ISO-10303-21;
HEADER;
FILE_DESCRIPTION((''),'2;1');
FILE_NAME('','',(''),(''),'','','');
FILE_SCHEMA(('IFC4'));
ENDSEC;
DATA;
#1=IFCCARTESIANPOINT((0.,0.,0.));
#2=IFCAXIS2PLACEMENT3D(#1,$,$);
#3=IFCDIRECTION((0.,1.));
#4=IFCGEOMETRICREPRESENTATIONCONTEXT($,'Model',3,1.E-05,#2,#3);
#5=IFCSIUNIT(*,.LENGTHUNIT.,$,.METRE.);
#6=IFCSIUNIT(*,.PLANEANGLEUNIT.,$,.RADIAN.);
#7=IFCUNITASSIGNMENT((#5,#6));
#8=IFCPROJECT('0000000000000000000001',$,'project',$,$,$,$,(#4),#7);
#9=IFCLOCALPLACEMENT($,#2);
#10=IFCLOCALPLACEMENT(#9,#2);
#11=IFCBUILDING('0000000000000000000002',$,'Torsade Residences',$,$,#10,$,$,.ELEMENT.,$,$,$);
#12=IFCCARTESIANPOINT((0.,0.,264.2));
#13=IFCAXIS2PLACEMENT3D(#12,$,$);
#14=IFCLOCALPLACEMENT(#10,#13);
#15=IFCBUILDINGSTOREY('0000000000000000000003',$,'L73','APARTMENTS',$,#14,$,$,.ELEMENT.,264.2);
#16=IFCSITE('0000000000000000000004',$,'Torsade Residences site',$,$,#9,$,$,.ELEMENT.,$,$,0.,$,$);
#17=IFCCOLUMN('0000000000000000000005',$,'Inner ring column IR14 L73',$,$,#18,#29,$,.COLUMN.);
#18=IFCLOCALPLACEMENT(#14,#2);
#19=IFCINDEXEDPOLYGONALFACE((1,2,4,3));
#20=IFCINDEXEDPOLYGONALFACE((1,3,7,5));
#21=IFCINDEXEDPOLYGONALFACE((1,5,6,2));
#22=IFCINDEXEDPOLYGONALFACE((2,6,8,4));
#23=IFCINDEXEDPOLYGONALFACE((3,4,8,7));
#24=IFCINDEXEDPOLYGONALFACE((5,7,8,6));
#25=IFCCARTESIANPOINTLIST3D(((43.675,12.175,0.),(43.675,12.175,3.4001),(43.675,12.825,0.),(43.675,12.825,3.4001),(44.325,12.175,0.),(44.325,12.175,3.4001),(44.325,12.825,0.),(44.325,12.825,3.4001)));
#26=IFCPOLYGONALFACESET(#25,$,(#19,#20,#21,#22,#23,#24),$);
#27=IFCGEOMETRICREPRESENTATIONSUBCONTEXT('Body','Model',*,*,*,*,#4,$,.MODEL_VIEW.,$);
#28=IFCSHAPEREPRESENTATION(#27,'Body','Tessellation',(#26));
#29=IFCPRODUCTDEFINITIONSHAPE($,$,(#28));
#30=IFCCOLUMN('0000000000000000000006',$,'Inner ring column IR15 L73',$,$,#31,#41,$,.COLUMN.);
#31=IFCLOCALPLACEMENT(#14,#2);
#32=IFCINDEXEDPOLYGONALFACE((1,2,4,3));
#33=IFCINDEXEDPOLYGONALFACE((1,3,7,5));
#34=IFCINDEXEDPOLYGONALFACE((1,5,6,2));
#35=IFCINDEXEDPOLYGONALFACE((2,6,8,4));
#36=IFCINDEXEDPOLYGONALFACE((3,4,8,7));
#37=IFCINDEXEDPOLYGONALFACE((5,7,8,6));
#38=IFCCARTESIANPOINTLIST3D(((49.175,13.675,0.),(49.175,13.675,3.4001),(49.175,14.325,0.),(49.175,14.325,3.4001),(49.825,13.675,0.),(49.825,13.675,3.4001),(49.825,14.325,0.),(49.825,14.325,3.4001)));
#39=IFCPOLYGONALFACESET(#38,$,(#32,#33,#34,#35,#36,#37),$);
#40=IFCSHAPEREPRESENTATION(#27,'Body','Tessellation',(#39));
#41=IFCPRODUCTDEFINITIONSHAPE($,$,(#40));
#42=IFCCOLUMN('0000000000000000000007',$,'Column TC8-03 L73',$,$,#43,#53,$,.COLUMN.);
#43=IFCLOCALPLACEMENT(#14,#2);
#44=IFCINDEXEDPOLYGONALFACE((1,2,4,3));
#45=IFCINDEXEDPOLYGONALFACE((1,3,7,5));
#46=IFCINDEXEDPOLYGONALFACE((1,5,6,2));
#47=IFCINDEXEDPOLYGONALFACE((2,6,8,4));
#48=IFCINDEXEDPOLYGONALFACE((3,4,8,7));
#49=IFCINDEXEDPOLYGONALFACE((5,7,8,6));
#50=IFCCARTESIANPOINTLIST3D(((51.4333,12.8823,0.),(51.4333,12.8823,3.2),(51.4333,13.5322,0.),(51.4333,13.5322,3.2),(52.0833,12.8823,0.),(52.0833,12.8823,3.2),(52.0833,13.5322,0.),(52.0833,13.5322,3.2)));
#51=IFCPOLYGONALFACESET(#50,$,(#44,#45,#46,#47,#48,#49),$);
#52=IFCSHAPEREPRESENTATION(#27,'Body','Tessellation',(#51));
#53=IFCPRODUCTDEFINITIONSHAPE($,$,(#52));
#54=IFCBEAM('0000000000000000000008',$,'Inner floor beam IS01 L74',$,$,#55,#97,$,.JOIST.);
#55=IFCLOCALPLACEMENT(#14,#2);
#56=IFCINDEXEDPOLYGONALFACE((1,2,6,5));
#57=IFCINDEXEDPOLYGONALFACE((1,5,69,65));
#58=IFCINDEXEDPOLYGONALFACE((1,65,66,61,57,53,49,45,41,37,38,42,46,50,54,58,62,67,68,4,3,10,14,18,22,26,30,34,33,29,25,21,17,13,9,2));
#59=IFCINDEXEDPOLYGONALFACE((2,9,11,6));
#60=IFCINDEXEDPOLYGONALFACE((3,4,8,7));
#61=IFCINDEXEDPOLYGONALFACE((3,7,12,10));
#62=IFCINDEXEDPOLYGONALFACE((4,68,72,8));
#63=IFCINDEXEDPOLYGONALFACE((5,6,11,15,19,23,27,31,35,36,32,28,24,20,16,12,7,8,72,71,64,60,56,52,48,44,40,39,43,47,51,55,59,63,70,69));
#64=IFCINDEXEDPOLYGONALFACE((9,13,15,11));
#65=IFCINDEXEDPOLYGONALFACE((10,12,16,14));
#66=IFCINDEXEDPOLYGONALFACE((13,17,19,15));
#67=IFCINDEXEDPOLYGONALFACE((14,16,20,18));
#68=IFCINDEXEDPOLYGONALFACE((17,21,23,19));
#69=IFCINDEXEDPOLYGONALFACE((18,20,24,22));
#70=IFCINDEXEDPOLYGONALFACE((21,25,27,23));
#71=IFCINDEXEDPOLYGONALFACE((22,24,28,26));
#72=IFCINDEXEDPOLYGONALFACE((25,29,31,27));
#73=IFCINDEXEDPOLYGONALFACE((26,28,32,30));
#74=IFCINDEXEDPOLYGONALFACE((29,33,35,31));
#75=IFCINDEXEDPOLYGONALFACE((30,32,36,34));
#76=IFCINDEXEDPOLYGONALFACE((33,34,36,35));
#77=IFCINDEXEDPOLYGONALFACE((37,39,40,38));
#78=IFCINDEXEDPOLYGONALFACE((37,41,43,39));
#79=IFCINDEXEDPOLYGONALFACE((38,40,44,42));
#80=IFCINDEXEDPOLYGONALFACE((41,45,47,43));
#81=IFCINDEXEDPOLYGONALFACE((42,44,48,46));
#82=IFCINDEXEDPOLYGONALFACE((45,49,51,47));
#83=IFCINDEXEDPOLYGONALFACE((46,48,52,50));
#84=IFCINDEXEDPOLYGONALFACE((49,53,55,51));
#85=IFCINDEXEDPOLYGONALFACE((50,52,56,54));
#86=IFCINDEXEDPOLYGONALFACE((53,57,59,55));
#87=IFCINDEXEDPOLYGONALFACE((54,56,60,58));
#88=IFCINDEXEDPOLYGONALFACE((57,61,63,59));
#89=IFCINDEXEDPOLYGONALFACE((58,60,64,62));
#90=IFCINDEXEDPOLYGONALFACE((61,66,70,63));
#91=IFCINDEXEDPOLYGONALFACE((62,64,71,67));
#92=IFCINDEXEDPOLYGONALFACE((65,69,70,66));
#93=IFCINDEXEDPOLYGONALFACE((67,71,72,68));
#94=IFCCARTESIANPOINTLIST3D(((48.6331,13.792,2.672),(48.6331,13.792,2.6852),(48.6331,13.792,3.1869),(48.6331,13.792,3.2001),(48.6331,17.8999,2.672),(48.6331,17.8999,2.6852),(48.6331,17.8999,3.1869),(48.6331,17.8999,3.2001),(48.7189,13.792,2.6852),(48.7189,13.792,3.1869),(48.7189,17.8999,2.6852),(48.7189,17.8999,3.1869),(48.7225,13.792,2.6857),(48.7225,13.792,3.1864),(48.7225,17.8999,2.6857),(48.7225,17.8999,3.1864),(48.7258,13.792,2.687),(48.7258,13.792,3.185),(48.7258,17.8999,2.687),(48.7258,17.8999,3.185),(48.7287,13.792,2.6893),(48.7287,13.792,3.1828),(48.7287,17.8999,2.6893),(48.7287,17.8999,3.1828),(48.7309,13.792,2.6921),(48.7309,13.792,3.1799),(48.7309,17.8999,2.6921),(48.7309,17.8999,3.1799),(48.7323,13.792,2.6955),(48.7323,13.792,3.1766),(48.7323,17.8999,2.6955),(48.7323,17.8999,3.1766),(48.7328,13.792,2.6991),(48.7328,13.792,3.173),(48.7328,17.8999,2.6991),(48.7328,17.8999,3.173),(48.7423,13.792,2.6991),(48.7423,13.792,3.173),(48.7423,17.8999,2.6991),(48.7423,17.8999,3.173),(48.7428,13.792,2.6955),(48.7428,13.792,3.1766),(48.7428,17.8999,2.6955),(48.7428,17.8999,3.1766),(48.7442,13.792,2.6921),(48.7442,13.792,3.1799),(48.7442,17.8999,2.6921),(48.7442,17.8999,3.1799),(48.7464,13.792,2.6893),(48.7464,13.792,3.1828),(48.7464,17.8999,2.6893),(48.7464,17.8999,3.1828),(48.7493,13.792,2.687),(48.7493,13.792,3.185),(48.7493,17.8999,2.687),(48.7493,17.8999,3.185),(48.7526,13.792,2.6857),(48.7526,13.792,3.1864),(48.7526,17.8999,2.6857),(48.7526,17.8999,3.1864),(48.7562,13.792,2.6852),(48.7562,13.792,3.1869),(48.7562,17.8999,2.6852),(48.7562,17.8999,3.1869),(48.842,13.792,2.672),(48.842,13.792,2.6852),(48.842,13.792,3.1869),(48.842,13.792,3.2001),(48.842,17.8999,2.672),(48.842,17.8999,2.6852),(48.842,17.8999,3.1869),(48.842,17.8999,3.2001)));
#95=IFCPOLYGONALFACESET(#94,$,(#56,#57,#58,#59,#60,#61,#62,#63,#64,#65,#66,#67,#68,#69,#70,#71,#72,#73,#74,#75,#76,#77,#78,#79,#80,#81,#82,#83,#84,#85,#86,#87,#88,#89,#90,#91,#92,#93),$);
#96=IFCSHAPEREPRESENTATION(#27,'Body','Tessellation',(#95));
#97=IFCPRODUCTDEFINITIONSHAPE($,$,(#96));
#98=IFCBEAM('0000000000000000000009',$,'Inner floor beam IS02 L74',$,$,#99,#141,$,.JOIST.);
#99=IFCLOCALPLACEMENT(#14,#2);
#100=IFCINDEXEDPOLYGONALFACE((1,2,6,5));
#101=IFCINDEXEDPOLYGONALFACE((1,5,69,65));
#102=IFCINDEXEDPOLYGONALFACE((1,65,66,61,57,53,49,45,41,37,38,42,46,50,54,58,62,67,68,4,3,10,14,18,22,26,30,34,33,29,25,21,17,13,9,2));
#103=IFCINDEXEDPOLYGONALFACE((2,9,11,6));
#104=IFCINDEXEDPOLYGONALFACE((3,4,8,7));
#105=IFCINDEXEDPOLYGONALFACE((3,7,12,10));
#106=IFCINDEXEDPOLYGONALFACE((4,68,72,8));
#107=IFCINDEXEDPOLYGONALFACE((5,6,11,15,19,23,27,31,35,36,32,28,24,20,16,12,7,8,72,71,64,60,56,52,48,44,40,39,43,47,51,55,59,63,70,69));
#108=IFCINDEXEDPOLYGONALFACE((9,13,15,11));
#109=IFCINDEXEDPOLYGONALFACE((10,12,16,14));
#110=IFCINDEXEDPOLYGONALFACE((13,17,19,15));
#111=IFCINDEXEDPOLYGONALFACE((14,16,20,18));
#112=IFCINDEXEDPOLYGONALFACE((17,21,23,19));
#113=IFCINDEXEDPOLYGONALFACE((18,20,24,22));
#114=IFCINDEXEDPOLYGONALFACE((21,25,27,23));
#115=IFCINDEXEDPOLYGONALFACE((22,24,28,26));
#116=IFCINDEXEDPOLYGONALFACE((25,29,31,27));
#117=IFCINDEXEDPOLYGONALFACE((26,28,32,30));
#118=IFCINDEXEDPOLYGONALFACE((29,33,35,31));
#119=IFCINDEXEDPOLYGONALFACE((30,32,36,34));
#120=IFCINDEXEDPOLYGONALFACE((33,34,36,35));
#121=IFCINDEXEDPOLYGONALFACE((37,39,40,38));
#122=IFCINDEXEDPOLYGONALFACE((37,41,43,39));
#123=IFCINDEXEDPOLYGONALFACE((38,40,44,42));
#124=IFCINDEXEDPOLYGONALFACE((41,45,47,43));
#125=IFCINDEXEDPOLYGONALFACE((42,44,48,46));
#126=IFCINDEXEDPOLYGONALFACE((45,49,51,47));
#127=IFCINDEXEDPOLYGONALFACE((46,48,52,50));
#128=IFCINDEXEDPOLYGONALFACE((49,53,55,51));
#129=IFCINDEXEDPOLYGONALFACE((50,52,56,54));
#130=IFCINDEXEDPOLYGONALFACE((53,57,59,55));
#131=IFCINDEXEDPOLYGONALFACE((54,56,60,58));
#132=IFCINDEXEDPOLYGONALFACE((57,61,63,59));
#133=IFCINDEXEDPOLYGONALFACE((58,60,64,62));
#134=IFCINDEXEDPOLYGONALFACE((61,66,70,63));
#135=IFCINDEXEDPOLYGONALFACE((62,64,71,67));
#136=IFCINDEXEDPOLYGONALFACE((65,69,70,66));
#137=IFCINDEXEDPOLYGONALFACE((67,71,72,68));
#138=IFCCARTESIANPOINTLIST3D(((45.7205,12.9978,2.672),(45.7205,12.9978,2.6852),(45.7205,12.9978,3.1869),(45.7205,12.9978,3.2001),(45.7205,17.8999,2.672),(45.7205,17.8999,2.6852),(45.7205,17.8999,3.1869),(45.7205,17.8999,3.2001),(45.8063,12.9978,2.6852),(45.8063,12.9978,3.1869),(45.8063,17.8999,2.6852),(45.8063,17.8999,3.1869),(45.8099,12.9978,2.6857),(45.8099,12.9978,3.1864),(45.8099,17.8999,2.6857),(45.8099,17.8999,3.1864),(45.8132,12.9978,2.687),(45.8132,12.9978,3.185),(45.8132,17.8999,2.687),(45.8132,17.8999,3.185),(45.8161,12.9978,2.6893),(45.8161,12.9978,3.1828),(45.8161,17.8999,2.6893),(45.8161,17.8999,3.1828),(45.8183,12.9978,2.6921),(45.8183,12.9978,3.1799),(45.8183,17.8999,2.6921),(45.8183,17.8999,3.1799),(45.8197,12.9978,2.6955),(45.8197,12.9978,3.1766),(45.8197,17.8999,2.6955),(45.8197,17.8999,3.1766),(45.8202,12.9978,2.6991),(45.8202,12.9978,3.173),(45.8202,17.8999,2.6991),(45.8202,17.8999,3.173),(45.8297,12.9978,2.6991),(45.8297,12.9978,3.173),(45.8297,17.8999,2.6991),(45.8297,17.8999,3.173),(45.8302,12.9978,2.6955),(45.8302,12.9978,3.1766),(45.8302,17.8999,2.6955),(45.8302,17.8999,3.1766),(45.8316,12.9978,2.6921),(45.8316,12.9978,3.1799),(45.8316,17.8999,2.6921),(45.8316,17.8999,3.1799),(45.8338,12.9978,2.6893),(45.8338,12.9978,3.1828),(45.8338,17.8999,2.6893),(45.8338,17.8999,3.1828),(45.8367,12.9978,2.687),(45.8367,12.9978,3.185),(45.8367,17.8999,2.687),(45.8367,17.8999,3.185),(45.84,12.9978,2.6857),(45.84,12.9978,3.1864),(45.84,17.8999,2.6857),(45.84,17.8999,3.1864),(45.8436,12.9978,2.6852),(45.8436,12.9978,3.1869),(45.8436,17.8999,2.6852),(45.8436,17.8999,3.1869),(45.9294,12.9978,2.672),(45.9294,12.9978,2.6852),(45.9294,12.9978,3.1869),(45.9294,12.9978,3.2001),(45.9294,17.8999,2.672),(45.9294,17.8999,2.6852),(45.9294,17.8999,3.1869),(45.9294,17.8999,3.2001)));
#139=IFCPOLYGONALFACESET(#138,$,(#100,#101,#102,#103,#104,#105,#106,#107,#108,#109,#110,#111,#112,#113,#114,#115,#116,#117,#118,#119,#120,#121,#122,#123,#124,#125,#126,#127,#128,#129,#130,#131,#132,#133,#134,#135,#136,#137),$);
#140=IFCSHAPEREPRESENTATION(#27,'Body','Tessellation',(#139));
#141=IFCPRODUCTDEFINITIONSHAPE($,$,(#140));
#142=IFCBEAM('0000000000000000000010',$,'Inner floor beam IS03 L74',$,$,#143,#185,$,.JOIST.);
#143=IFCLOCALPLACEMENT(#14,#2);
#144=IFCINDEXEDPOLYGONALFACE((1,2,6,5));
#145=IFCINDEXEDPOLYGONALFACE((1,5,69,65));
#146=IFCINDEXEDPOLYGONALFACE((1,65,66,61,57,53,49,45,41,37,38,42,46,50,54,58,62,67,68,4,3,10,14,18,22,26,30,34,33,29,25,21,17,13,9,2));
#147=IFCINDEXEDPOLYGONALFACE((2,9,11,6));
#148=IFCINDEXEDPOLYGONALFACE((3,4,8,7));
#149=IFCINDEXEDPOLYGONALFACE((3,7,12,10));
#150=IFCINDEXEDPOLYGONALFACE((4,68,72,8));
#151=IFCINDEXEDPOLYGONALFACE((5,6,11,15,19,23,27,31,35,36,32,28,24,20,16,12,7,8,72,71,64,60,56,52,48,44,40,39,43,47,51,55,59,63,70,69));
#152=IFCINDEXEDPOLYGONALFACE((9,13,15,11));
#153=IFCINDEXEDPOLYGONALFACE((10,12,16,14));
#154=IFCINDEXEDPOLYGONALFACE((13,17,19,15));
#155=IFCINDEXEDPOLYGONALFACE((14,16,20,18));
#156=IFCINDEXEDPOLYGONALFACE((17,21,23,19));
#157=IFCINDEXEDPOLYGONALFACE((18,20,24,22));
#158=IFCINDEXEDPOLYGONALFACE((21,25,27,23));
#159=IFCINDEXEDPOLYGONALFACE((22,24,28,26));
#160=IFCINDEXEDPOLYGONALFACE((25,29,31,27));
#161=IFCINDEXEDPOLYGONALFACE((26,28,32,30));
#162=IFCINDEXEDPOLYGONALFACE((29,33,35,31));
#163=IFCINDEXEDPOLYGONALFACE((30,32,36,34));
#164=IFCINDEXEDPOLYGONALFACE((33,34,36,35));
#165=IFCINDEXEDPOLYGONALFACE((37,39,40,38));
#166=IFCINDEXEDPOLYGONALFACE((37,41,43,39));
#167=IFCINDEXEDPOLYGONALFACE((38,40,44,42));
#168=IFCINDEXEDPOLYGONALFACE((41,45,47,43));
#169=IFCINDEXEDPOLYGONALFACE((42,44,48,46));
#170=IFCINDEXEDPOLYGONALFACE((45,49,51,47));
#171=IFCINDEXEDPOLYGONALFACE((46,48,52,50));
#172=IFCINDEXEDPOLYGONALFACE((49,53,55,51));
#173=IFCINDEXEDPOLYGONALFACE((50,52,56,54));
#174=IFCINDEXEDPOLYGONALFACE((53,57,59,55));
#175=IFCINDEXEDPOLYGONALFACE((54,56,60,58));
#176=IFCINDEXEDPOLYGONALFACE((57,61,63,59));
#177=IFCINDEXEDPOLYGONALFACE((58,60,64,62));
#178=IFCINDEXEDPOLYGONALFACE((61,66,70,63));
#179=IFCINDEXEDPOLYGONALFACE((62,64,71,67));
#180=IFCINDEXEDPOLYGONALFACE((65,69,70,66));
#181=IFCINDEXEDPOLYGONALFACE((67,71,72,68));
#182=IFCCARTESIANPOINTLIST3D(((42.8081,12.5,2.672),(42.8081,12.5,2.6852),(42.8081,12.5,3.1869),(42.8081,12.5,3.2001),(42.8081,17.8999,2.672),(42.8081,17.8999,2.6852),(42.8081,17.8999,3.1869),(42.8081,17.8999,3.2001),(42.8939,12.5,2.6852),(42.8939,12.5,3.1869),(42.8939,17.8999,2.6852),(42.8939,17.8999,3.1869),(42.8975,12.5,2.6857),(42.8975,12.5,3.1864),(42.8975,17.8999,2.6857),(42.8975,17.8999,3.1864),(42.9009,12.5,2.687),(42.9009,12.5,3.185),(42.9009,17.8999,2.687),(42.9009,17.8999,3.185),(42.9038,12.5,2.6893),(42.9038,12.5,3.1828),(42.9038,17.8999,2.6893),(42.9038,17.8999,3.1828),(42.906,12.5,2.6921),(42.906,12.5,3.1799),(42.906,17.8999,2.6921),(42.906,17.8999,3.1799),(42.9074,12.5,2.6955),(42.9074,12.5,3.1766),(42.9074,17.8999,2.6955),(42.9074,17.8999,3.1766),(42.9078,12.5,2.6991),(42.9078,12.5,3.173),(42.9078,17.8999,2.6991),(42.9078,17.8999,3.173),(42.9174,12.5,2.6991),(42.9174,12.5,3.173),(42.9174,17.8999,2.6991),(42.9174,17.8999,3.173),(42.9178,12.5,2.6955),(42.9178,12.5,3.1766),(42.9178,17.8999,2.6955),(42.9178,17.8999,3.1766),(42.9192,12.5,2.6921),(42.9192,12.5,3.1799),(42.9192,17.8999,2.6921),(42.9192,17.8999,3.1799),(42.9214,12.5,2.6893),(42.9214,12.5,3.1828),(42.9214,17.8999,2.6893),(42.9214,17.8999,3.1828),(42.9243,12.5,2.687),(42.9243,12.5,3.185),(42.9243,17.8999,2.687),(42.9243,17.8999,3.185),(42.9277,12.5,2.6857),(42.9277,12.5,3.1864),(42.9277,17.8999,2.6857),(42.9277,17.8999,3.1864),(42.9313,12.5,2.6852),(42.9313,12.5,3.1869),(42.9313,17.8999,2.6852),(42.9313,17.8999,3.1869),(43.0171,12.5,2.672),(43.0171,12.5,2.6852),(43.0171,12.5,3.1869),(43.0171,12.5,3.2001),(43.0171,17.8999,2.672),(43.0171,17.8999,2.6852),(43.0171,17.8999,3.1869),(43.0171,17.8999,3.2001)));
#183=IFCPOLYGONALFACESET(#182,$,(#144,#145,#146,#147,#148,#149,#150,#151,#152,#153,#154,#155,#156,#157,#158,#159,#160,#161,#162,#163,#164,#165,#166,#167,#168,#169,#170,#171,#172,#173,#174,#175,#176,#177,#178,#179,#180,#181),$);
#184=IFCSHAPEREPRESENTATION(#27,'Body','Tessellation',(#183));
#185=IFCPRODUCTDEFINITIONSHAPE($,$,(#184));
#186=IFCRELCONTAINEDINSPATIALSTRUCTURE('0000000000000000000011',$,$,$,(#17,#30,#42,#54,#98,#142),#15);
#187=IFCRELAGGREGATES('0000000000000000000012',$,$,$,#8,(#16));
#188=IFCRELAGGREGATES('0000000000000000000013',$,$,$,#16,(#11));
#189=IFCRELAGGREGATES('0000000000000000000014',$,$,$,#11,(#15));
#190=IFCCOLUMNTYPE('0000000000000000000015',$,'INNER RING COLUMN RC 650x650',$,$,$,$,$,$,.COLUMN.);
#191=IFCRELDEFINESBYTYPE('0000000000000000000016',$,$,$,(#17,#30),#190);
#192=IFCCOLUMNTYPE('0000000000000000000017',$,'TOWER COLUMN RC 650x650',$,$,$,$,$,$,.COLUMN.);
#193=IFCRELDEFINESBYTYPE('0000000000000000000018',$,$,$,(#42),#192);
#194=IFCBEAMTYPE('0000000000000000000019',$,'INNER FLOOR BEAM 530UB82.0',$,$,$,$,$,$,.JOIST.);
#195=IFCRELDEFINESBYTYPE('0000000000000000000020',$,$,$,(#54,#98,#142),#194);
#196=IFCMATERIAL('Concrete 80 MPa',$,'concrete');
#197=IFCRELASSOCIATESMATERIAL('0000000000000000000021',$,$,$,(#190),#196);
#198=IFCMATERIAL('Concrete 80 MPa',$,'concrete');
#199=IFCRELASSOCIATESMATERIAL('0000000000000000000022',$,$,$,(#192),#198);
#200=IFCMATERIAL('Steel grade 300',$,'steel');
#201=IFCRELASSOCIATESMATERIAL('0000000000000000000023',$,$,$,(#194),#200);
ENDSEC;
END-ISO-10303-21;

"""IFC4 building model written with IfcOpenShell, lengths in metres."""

from ifc_helpers import new_model, si_unit, direction, frame, origin, origin_2d, place, context, subcontext, project, spatial, rectangle, i_section, extrude, material, material_profile, profile_set, type_object, element, save


model = new_model("IFC4")

# Units and contexts
model_context = context("Model", 3, precision=1e-05, world=origin(), true_north=direction((0.0, 1.0)))
body_context = subcontext(model_context, "Body", "Model", "MODEL_VIEW")
ifc_project = project(units=[si_unit("LENGTHUNIT", "METRE"), si_unit("PLANEANGLEUNIT", "RADIAN")], contexts=[model_context])

# Site, building, storey
site_placement = place(None, origin())
site = spatial("IfcSite", under=ifc_project, at=site_placement, Name="Torsade Residences site", CompositionType="ELEMENT", RefElevation=0.0)
building_placement = place(site_placement, origin())
building = spatial("IfcBuilding", under=site, at=building_placement, Name="Torsade Residences", CompositionType="ELEMENT")
storey_placement = place(building_placement, frame((0.0, 0.0, 264.2)))
storey = spatial("IfcBuildingStorey", under=building, at=storey_placement, Name="L73", Description="APARTMENTS", CompositionType="ELEMENT", Elevation=264.2)

# Columns
ifc_material_1 = material(Name="Concrete 80 MPa", Category="concrete")
ifc_material_profile_1 = material_profile(ifc_material_1, rectangle(XDim=0.6499, YDim=0.6499, at=origin_2d()), Name="RC 650x650")
ifc_profile_set_1 = profile_set([ifc_material_profile_1], Name="Concrete 80 MPa")
column_type_1 = type_object("IfcColumnType", Name="INNER RING COLUMN RC 650x650", PredefinedType="COLUMN", material=ifc_profile_set_1)
for number, where, z_axis, x_axis, name in (
    (1, (44.0, 12.5, 0.0), (0.0, 0.0, 1.0), (1.0, 0.0, 0.0), "Inner ring column IR14 L73"),
    (2, (49.5, 14.0, 0.0), (0.0, 0.0, 1.0), (1.0, 0.0, 0.0), "Inner ring column IR15 L73"),
):
    element("IfcColumn", number, at=place(storey_placement, frame(where, z_axis=z_axis, x_axis=x_axis)), inside=storey, type_object=column_type_1, Name=name, PredefinedType="COLUMN", context=body_context, shape_type="SweptSolid", body=[
        extrude(rectangle(XDim=0.6499, YDim=0.6499, at=origin_2d()), origin(), (0.0, 0.0, 1.0), 3.4001),
    ])
ifc_material_2 = material(Name="Concrete 80 MPa", Category="concrete")
ifc_material_profile_2 = material_profile(ifc_material_2, rectangle(XDim=0.6499, YDim=0.6499, at=origin_2d()), Name="RC 650x650")
ifc_profile_set_2 = profile_set([ifc_material_profile_2], Name="Concrete 80 MPa")
column_type_2 = type_object("IfcColumnType", Name="TOWER COLUMN RC 650x650", PredefinedType="COLUMN", material=ifc_profile_set_2)
column_placement = place(storey_placement, frame((51.7583, 13.2073, 0.0), z_axis=(0.0, 0.0, 1.0), x_axis=(1.0, 0.0, 0.0)))
element("IfcColumn", 3, at=column_placement, inside=storey, type_object=column_type_2, Name="Column TC8-03 L73", PredefinedType="COLUMN", context=body_context, shape_type="SweptSolid", body=[
    extrude(rectangle(XDim=0.6499, YDim=0.6499, at=origin_2d()), origin(), (0.0, 0.0, 1.0), 3.2),
])

# Beams
ifc_material_3 = material(Name="Steel grade 300", Category="steel")
ifc_material_profile_3 = material_profile(ifc_material_3, i_section(OverallWidth=0.209, OverallDepth=0.5281, WebThickness=0.0095, FlangeThickness=0.0132, FilletRadius=0.0139, at=origin_2d()), Name="530UB82.0")
ifc_profile_set_3 = profile_set([ifc_material_profile_3], Name="Steel grade 300")
beam_type_1 = type_object("IfcBeamType", Name="INNER FLOOR BEAM 530UB82.0", PredefinedType="JOIST", material=ifc_profile_set_3)
beam_1_placement = place(storey_placement, frame((48.7375, 17.8999, 2.936), z_axis=(0.0, -1.0, 0.0), x_axis=(1.0, 0.0, 0.0)))
element("IfcBeam", 4, at=beam_1_placement, inside=storey, type_object=beam_type_1, Name="Inner floor beam IS01 L74", PredefinedType="JOIST", context=body_context, shape_type="SweptSolid", body=[
    extrude(i_section(OverallWidth=0.209, OverallDepth=0.5281, WebThickness=0.0095, FlangeThickness=0.0132, FilletRadius=0.0139, at=origin_2d()), origin(), (0.0, 0.0, 1.0), 4.1079),
])
beam_2_placement = place(storey_placement, frame((45.825, 17.8999, 2.936), z_axis=(0.0, -1.0, 0.0), x_axis=(1.0, 0.0, 0.0)))
element("IfcBeam", 5, at=beam_2_placement, inside=storey, type_object=beam_type_1, Name="Inner floor beam IS02 L74", PredefinedType="JOIST", context=body_context, shape_type="SweptSolid", body=[
    extrude(i_section(OverallWidth=0.209, OverallDepth=0.5281, WebThickness=0.0095, FlangeThickness=0.0132, FilletRadius=0.0139, at=origin_2d()), origin(), (0.0, 0.0, 1.0), 4.9021),
])
for number, where, z_axis, x_axis, name in (
    (6, (42.9126, 17.8999, 2.936), (0.0, -1.0, 0.0), (1.0, 0.0, 0.0), "Inner floor beam IS03 L74"),
):
    element("IfcBeam", number, at=place(storey_placement, frame(where, z_axis=z_axis, x_axis=x_axis)), inside=storey, type_object=beam_type_1, Name=name, PredefinedType="JOIST", context=body_context, shape_type="SweptSolid", body=[
        extrude(i_section(OverallWidth=0.209, OverallDepth=0.5281, WebThickness=0.0095, FlangeThickness=0.0132, FilletRadius=0.0139, at=origin_2d()), origin(), (0.0, 0.0, 1.0), 5.3999),
    ])

save(model, "model.ifc")
